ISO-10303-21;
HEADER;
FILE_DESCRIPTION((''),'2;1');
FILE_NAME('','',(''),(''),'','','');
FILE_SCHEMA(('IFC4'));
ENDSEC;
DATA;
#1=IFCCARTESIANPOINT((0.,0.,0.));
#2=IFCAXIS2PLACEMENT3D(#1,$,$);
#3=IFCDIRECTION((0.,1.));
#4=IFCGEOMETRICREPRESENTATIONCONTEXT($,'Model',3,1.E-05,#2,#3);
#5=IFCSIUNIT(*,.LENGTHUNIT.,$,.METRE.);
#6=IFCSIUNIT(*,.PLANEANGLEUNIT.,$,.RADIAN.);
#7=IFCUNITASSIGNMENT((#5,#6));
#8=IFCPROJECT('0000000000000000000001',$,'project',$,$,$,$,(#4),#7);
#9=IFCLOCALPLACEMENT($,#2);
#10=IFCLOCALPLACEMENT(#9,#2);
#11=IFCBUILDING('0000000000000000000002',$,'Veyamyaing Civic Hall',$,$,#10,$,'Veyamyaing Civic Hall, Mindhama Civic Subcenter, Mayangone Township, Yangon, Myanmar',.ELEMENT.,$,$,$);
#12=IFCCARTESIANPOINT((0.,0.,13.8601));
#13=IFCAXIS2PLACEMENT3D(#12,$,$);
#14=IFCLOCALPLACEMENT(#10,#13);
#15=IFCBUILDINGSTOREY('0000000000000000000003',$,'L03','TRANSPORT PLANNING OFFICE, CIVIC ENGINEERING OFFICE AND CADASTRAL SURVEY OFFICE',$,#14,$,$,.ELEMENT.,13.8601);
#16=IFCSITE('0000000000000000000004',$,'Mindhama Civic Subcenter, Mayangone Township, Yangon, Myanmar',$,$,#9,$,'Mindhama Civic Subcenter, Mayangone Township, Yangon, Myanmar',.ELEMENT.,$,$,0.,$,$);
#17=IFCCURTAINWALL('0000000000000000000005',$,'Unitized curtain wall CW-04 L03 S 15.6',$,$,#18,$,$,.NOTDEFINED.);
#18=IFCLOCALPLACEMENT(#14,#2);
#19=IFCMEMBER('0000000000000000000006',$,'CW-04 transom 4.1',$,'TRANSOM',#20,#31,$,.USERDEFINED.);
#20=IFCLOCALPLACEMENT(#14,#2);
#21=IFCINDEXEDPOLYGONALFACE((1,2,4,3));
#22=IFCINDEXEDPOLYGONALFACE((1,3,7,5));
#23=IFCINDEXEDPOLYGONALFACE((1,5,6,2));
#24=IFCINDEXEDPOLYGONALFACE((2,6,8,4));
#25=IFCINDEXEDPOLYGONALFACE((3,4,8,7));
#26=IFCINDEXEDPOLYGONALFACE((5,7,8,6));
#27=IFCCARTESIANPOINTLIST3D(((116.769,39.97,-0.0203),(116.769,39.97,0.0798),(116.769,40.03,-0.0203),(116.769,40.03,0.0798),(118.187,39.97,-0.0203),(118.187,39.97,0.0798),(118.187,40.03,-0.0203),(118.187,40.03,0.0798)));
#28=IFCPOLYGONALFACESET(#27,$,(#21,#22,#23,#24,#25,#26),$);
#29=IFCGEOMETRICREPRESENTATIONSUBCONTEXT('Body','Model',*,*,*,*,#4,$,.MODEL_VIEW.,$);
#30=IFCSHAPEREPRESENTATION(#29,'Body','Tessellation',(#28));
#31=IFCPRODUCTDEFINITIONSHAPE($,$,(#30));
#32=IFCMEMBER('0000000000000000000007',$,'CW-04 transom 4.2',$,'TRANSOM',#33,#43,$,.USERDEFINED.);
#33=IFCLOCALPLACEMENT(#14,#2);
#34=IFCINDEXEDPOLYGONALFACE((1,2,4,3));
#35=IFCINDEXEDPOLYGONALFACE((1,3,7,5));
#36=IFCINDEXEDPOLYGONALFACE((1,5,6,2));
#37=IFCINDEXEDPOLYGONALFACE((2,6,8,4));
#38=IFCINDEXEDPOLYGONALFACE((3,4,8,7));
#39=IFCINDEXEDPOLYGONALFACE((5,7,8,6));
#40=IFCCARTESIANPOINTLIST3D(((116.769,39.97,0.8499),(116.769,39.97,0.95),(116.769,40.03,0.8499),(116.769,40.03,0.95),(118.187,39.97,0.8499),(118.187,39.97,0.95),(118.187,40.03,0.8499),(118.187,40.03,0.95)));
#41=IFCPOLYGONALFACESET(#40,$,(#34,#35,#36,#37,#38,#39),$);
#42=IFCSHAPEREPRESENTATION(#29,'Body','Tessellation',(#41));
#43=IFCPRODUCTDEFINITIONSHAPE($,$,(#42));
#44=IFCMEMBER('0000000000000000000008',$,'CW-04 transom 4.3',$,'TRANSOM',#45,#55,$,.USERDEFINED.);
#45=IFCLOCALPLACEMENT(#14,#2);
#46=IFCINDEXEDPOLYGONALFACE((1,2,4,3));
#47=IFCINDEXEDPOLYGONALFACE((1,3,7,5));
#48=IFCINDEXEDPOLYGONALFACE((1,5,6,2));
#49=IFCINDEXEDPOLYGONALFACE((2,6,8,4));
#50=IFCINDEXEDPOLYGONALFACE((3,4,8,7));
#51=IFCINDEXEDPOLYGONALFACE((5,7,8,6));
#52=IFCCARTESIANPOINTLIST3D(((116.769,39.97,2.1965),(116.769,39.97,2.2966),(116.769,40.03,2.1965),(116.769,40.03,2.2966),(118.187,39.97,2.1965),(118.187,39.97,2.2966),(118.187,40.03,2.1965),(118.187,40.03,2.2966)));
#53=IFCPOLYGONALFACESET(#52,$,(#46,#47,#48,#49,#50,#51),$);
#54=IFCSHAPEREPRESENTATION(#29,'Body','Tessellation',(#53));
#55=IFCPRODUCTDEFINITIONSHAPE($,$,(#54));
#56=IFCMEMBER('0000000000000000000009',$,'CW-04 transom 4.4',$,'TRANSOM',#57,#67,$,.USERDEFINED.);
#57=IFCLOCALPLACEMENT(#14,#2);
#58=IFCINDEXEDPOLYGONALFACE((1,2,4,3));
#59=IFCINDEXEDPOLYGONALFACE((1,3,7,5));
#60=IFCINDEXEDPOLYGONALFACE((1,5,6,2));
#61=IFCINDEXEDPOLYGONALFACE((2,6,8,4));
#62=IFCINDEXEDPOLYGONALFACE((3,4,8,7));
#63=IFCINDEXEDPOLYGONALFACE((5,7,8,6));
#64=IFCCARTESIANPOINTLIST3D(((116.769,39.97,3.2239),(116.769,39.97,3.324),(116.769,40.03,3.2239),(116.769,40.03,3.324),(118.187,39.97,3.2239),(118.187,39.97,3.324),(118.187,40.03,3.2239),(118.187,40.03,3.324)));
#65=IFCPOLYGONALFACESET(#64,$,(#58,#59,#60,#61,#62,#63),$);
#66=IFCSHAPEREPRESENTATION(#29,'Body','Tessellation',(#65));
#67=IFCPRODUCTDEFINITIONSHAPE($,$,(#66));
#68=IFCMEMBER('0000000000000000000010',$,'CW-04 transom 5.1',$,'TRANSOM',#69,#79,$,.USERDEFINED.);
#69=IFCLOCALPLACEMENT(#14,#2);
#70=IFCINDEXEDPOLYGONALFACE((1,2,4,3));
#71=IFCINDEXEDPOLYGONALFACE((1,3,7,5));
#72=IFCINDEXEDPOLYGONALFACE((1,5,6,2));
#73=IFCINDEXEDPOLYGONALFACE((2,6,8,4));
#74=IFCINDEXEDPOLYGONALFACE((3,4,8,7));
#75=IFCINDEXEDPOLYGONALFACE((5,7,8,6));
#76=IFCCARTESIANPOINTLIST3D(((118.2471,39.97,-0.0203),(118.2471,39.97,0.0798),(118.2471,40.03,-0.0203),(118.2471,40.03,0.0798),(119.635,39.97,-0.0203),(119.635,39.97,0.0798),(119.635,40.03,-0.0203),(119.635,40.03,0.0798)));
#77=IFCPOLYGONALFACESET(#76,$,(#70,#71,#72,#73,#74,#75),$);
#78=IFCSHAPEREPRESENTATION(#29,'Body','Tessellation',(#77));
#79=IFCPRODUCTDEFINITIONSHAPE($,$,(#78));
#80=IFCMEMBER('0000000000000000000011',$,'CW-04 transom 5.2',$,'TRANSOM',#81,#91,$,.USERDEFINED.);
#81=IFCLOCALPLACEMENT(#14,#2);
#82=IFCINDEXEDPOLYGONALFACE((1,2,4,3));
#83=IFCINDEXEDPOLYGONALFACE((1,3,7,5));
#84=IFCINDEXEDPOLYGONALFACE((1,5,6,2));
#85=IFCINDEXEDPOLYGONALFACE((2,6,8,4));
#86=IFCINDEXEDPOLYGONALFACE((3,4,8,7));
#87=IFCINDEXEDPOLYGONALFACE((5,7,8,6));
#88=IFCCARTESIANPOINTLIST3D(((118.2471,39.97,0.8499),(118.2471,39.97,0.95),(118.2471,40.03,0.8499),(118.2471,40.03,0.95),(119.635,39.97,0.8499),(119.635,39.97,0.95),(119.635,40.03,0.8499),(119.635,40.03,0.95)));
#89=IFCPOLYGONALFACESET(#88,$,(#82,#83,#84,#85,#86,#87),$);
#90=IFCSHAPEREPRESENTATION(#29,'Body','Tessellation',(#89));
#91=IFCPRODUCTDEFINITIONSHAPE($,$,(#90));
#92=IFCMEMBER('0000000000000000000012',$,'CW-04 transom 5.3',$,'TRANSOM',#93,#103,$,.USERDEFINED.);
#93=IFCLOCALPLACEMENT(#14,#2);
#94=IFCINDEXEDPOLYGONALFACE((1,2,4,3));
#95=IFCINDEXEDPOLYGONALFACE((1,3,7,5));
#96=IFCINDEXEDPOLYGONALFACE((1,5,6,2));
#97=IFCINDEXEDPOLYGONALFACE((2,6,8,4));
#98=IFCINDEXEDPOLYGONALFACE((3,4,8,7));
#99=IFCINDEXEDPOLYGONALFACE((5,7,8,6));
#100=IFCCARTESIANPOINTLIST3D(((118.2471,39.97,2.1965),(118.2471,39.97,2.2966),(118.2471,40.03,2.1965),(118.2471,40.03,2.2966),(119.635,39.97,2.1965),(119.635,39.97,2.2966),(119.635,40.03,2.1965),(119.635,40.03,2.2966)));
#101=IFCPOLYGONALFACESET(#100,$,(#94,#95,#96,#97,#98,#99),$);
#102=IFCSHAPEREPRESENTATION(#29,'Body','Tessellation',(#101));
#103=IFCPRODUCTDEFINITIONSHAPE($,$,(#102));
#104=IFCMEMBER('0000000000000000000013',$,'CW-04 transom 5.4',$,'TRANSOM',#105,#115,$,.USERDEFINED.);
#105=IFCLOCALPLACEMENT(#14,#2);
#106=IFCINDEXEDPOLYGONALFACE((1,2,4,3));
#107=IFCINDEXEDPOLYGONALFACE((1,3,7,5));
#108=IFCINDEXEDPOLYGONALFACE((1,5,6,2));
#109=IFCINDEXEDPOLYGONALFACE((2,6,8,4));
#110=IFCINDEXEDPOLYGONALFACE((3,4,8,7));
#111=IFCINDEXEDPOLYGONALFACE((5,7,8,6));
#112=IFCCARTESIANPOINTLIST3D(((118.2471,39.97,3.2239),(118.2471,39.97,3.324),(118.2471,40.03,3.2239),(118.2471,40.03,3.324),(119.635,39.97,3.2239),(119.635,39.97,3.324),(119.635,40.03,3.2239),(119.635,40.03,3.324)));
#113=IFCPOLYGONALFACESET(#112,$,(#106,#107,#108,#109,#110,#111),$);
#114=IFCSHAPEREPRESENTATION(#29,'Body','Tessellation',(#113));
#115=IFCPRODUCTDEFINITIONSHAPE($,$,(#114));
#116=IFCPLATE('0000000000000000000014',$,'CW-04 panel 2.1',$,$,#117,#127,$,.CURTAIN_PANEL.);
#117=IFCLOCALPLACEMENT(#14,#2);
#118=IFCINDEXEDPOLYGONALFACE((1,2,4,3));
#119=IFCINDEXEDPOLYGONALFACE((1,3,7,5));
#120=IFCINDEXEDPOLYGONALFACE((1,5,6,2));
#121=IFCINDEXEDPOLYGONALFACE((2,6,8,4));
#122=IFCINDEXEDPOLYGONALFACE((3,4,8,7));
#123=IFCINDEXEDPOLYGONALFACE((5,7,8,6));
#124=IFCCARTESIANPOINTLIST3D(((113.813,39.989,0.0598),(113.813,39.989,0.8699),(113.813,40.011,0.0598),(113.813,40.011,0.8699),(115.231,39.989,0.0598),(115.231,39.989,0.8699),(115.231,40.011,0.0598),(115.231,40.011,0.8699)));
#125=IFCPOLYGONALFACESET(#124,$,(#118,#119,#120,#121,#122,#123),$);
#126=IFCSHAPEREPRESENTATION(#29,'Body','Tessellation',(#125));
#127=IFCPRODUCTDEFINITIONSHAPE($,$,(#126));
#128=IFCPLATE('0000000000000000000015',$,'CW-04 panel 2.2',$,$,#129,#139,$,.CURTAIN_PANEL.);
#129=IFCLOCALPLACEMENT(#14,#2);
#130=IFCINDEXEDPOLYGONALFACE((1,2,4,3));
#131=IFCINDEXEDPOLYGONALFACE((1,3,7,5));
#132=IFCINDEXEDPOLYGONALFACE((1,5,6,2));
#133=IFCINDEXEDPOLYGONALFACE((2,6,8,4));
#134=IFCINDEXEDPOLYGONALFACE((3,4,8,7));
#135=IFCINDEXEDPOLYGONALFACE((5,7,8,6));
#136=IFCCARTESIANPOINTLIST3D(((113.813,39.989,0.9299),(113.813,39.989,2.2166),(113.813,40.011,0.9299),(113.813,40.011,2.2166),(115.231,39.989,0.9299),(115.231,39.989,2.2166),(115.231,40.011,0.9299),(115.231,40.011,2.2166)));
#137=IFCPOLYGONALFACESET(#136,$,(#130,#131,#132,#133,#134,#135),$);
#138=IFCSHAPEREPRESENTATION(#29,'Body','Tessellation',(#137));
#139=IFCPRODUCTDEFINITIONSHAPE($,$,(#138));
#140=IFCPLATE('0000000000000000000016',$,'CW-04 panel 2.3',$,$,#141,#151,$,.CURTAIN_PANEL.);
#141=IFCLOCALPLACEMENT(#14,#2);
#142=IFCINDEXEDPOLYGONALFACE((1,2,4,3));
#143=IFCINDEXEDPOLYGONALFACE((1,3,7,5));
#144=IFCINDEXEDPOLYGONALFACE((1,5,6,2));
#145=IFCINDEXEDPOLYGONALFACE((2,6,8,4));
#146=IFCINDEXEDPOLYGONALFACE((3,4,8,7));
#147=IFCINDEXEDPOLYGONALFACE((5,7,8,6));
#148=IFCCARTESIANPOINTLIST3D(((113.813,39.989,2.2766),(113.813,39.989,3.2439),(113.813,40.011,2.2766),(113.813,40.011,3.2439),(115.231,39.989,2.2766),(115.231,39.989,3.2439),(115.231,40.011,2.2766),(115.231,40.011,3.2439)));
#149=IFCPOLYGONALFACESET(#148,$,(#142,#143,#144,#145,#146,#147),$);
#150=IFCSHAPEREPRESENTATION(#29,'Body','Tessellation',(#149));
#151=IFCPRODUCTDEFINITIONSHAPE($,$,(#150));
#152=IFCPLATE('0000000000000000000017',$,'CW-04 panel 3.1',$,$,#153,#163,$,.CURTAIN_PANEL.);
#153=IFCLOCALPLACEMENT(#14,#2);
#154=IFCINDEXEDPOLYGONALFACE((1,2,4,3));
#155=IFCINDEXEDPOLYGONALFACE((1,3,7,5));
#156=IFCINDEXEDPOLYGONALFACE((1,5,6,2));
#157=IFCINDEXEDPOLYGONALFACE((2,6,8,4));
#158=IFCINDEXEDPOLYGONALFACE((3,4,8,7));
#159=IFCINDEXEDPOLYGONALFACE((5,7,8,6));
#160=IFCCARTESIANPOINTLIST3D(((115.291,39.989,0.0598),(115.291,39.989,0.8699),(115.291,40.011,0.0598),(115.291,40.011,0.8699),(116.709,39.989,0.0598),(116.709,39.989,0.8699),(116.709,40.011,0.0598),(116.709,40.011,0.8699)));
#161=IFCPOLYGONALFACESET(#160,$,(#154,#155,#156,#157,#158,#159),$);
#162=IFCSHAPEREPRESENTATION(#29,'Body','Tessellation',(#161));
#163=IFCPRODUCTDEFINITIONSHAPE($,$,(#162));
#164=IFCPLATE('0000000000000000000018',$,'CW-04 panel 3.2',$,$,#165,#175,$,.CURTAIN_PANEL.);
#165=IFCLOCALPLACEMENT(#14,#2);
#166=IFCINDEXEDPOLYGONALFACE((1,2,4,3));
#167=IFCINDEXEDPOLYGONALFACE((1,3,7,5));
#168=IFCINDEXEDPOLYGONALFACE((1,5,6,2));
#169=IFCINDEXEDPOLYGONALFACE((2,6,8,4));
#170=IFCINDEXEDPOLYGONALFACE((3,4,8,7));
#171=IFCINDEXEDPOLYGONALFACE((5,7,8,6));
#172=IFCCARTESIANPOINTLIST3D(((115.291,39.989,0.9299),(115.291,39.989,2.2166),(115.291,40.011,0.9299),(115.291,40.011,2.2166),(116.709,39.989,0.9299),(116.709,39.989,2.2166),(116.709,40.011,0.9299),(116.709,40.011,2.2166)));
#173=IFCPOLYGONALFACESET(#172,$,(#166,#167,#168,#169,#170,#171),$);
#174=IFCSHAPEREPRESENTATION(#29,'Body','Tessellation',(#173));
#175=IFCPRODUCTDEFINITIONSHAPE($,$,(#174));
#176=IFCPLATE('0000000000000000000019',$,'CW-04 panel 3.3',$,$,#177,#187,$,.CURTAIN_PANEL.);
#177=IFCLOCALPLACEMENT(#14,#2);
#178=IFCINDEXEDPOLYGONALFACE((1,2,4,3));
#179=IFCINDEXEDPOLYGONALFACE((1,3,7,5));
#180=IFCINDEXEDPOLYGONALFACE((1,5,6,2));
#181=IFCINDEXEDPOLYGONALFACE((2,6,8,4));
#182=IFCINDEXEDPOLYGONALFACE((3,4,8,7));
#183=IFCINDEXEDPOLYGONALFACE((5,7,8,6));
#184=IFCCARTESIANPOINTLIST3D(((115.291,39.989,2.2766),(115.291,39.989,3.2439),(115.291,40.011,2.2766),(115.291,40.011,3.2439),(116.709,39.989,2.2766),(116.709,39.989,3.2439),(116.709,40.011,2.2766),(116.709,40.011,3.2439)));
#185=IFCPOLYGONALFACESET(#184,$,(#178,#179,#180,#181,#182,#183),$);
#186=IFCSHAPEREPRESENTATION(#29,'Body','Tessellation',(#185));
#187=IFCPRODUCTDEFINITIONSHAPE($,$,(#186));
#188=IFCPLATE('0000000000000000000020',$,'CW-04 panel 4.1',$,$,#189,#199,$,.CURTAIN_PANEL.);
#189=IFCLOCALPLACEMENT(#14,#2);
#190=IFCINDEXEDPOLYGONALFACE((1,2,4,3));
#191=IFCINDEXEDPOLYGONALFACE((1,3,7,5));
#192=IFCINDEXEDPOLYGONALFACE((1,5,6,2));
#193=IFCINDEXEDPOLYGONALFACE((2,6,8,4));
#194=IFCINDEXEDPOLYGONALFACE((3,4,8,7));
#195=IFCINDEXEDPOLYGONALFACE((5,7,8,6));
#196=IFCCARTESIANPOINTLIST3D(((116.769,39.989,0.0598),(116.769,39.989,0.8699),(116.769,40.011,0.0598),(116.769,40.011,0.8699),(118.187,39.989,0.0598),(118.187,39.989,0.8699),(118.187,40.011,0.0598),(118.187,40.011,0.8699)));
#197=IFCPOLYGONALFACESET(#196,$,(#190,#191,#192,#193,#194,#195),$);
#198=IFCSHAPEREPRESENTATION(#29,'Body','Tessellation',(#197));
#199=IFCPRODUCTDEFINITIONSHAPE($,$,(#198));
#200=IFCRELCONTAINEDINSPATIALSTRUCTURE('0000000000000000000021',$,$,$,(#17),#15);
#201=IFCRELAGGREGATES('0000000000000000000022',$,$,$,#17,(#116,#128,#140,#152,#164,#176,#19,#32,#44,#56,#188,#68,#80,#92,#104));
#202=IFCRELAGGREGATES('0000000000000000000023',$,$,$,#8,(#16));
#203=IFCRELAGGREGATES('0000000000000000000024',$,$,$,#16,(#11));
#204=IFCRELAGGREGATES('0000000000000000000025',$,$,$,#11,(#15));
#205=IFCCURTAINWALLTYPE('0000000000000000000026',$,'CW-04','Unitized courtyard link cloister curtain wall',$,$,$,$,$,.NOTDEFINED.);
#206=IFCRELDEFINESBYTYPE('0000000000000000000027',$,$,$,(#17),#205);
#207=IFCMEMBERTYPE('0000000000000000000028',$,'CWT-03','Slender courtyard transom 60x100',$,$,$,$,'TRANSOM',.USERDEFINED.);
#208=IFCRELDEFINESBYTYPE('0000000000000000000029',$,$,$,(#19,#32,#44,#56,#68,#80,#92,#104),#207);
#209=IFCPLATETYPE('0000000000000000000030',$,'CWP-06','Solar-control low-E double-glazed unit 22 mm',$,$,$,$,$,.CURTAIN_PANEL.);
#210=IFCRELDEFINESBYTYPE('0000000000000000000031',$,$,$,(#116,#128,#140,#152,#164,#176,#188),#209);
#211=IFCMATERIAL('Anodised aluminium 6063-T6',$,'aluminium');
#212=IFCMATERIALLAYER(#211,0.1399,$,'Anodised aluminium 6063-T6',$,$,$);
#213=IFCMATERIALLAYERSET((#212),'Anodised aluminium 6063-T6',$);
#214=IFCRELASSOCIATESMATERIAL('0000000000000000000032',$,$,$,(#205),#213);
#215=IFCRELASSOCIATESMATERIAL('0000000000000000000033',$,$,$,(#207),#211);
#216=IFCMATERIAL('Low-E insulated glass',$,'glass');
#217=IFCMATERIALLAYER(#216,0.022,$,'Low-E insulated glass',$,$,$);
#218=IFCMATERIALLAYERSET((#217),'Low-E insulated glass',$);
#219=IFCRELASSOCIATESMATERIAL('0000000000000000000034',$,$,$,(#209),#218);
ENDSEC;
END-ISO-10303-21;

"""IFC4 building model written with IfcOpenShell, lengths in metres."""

from ifc_helpers import new_model, si_unit, direction, frame, origin, origin_2d, place, context, subcontext, project, spatial, rectangle, extrude, material, layer, layer_set, material_profile, profile_set, type_object, element, aggregate, save


model = new_model("IFC4")

# Units and contexts
model_context = context("Model", 3, precision=1e-05, world=origin(), true_north=direction((0.0, 1.0)))
body_context = subcontext(model_context, "Body", "Model", "MODEL_VIEW")
ifc_project = project(units=[si_unit("LENGTHUNIT", "METRE"), si_unit("PLANEANGLEUNIT", "RADIAN")], contexts=[model_context])

# Site, building, storey
site_placement = place(None, origin())
site = spatial("IfcSite", under=ifc_project, at=site_placement, Name="Mindhama Civic Subcenter, Mayangone Township, Yangon, Myanmar", LongName="Mindhama Civic Subcenter, Mayangone Township, Yangon, Myanmar", CompositionType="ELEMENT", RefElevation=0.0)
building_placement = place(site_placement, origin())
building = spatial("IfcBuilding", under=site, at=building_placement, Name="Veyamyaing Civic Hall", LongName="Veyamyaing Civic Hall, Mindhama Civic Subcenter, Mayangone Township, Yangon, Myanmar", CompositionType="ELEMENT")
storey_placement = place(building_placement, frame((0.0, 0.0, 13.8601)))
storey = spatial("IfcBuildingStorey", under=building, at=storey_placement, Name="L03", Description="TRANSPORT PLANNING OFFICE, CIVIC ENGINEERING OFFICE AND CADASTRAL SURVEY OFFICE", CompositionType="ELEMENT", Elevation=13.8601)

# Curtain wall, members, plates
ifc_material_1 = material(Name="Anodised aluminium 6063-T6", Category="aluminium")
ifc_layer_1 = layer(ifc_material_1, 0.1399, Name="Anodised aluminium 6063-T6")
ifc_layer_set_1 = layer_set([ifc_layer_1], Name="Anodised aluminium 6063-T6")
curtain_wall_type = type_object("IfcCurtainWallType", Name="CW-04", Description="Unitized courtyard link cloister curtain wall", PredefinedType="NOTDEFINED", material=ifc_layer_set_1)
curtain_wall_placement = place(storey_placement, origin())
curtain_wall = element("IfcCurtainWall", 1, at=curtain_wall_placement, inside=storey, type_object=curtain_wall_type, Name="Unitized curtain wall CW-04 L03 S 15.6", PredefinedType="NOTDEFINED")
ifc_material_profile_1 = material_profile(ifc_material_1, rectangle(XDim=0.0601, YDim=0.1001, at=origin_2d()), Name="ALU-TRN-60X100")
ifc_profile_set_1 = profile_set([ifc_material_profile_1], Name="Anodised aluminium 6063-T6")
member_type_1 = type_object("IfcMemberType", Name="CWT-03", Description="Slender courtyard transom 60x100", ElementType="TRANSOM", PredefinedType="USERDEFINED", material=ifc_profile_set_1)
member_1_placement = place(storey_placement, frame((116.769, 40.0, 0.0298), z_axis=(1.0, 0.0, 0.0), x_axis=(0.0, 1.0, 0.0)))
member_1 = element("IfcMember", 2, at=member_1_placement, type_object=member_type_1, Name="CW-04 transom 4.1", ObjectType="TRANSOM", PredefinedType="USERDEFINED", context=body_context, shape_type="SweptSolid", body=[
    extrude(rectangle(XDim=0.0601, YDim=0.1001, at=origin_2d()), origin(), (0.0, 0.0, 1.0), 1.418),
])
member_2_placement = place(storey_placement, frame((116.769, 40.0, 0.8999), z_axis=(1.0, 0.0, 0.0), x_axis=(0.0, 1.0, 0.0)))
member_2 = element("IfcMember", 3, at=member_2_placement, type_object=member_type_1, Name="CW-04 transom 4.2", ObjectType="TRANSOM", PredefinedType="USERDEFINED", context=body_context, shape_type="SweptSolid", body=[
    extrude(rectangle(XDim=0.0601, YDim=0.1001, at=origin_2d()), origin(), (0.0, 0.0, 1.0), 1.418),
])
member_3_placement = place(storey_placement, frame((116.769, 40.0, 2.2466), z_axis=(1.0, 0.0, 0.0), x_axis=(0.0, 1.0, 0.0)))
member_3 = element("IfcMember", 4, at=member_3_placement, type_object=member_type_1, Name="CW-04 transom 4.3", ObjectType="TRANSOM", PredefinedType="USERDEFINED", context=body_context, shape_type="SweptSolid", body=[
    extrude(rectangle(XDim=0.0601, YDim=0.1001, at=origin_2d()), origin(), (0.0, 0.0, 1.0), 1.418),
])
member_4_placement = place(storey_placement, frame((116.769, 40.0, 3.2739), z_axis=(1.0, 0.0, 0.0), x_axis=(0.0, 1.0, 0.0)))
member_4 = element("IfcMember", 5, at=member_4_placement, type_object=member_type_1, Name="CW-04 transom 4.4", ObjectType="TRANSOM", PredefinedType="USERDEFINED", context=body_context, shape_type="SweptSolid", body=[
    extrude(rectangle(XDim=0.0601, YDim=0.1001, at=origin_2d()), origin(), (0.0, 0.0, 1.0), 1.418),
])
member_5_placement = place(storey_placement, frame((118.2471, 40.0, 0.0298), z_axis=(1.0, 0.0, 0.0), x_axis=(0.0, 1.0, 0.0)))
member_5 = element("IfcMember", 6, at=member_5_placement, type_object=member_type_1, Name="CW-04 transom 5.1", ObjectType="TRANSOM", PredefinedType="USERDEFINED", context=body_context, shape_type="SweptSolid", body=[
    extrude(rectangle(XDim=0.0601, YDim=0.1001, at=origin_2d()), origin(), (0.0, 0.0, 1.0), 1.3879),
])
member_6_placement = place(storey_placement, frame((118.2471, 40.0, 0.8999), z_axis=(1.0, 0.0, 0.0), x_axis=(0.0, 1.0, 0.0)))
member_6 = element("IfcMember", 7, at=member_6_placement, type_object=member_type_1, Name="CW-04 transom 5.2", ObjectType="TRANSOM", PredefinedType="USERDEFINED", context=body_context, shape_type="SweptSolid", body=[
    extrude(rectangle(XDim=0.0601, YDim=0.1001, at=origin_2d()), origin(), (0.0, 0.0, 1.0), 1.3879),
])
member_7_placement = place(storey_placement, frame((118.2471, 40.0, 2.2466), z_axis=(1.0, 0.0, 0.0), x_axis=(0.0, 1.0, 0.0)))
member_7 = element("IfcMember", 8, at=member_7_placement, type_object=member_type_1, Name="CW-04 transom 5.3", ObjectType="TRANSOM", PredefinedType="USERDEFINED", context=body_context, shape_type="SweptSolid", body=[
    extrude(rectangle(XDim=0.0601, YDim=0.1001, at=origin_2d()), origin(), (0.0, 0.0, 1.0), 1.3879),
])
member_8_placement = place(storey_placement, frame((118.2471, 40.0, 3.2739), z_axis=(1.0, 0.0, 0.0), x_axis=(0.0, 1.0, 0.0)))
member_8 = element("IfcMember", 9, at=member_8_placement, type_object=member_type_1, Name="CW-04 transom 5.4", ObjectType="TRANSOM", PredefinedType="USERDEFINED", context=body_context, shape_type="SweptSolid", body=[
    extrude(rectangle(XDim=0.0601, YDim=0.1001, at=origin_2d()), origin(), (0.0, 0.0, 1.0), 1.3879),
])
ifc_material_2 = material(Name="Low-E insulated glass", Category="glass")
ifc_layer_2 = layer(ifc_material_2, 0.022, Name="Low-E insulated glass")
ifc_layer_set_2 = layer_set([ifc_layer_2], Name="Low-E insulated glass")
plate_type = type_object("IfcPlateType", Name="CWP-06", Description="Solar-control low-E double-glazed unit 22 mm", PredefinedType="CURTAIN_PANEL", material=ifc_layer_set_2)
plate_1_placement = place(storey_placement, frame((114.522, 40.0, 0.0598), z_axis=(0.0, 0.0, 1.0), x_axis=(1.0, 0.0, 0.0)))
plate_1 = element("IfcPlate", 10, at=plate_1_placement, type_object=plate_type, Name="CW-04 panel 2.1", PredefinedType="CURTAIN_PANEL", context=body_context, shape_type="SweptSolid", body=[
    extrude(rectangle(XDim=1.418, YDim=0.022, at=origin_2d()), origin(), (0.0, 0.0, 1.0), 0.8101),
])
plate_2_placement = place(storey_placement, frame((114.522, 40.0, 0.9299), z_axis=(0.0, 0.0, 1.0), x_axis=(1.0, 0.0, 0.0)))
plate_2 = element("IfcPlate", 11, at=plate_2_placement, type_object=plate_type, Name="CW-04 panel 2.2", PredefinedType="CURTAIN_PANEL", context=body_context, shape_type="SweptSolid", body=[
    extrude(rectangle(XDim=1.418, YDim=0.022, at=origin_2d()), origin(), (0.0, 0.0, 1.0), 1.2866),
])
plate_3_placement = place(storey_placement, frame((114.522, 40.0, 2.2766), z_axis=(0.0, 0.0, 1.0), x_axis=(1.0, 0.0, 0.0)))
plate_3 = element("IfcPlate", 12, at=plate_3_placement, type_object=plate_type, Name="CW-04 panel 2.3", PredefinedType="CURTAIN_PANEL", context=body_context, shape_type="SweptSolid", body=[
    extrude(rectangle(XDim=1.418, YDim=0.022, at=origin_2d()), origin(), (0.0, 0.0, 1.0), 0.9673),
])
plate_4_placement = place(storey_placement, frame((116.0, 40.0, 0.0598), z_axis=(0.0, 0.0, 1.0), x_axis=(1.0, 0.0, 0.0)))
plate_4 = element("IfcPlate", 13, at=plate_4_placement, type_object=plate_type, Name="CW-04 panel 3.1", PredefinedType="CURTAIN_PANEL", context=body_context, shape_type="SweptSolid", body=[
    extrude(rectangle(XDim=1.418, YDim=0.022, at=origin_2d()), origin(), (0.0, 0.0, 1.0), 0.8101),
])
plate_5_placement = place(storey_placement, frame((116.0, 40.0, 0.9299), z_axis=(0.0, 0.0, 1.0), x_axis=(1.0, 0.0, 0.0)))
plate_5 = element("IfcPlate", 14, at=plate_5_placement, type_object=plate_type, Name="CW-04 panel 3.2", PredefinedType="CURTAIN_PANEL", context=body_context, shape_type="SweptSolid", body=[
    extrude(rectangle(XDim=1.418, YDim=0.022, at=origin_2d()), origin(), (0.0, 0.0, 1.0), 1.2866),
])
plate_6_placement = place(storey_placement, frame((116.0, 40.0, 2.2766), z_axis=(0.0, 0.0, 1.0), x_axis=(1.0, 0.0, 0.0)))
plate_6 = element("IfcPlate", 15, at=plate_6_placement, type_object=plate_type, Name="CW-04 panel 3.3", PredefinedType="CURTAIN_PANEL", context=body_context, shape_type="SweptSolid", body=[
    extrude(rectangle(XDim=1.418, YDim=0.022, at=origin_2d()), origin(), (0.0, 0.0, 1.0), 0.9673),
])
plate_7_placement = place(storey_placement, frame((117.478, 40.0, 0.0598), z_axis=(0.0, 0.0, 1.0), x_axis=(1.0, 0.0, 0.0)))
plate_7 = element("IfcPlate", 16, at=plate_7_placement, type_object=plate_type, Name="CW-04 panel 4.1", PredefinedType="CURTAIN_PANEL", context=body_context, shape_type="SweptSolid", body=[
    extrude(rectangle(XDim=1.418, YDim=0.022, at=origin_2d()), origin(), (0.0, 0.0, 1.0), 0.8101),
])
aggregate(curtain_wall, [plate_1, plate_2, plate_3, plate_4, plate_5, plate_6, member_1, member_2, member_3, member_4, plate_7, member_5, member_6, member_7, member_8])

save(model, "model.ifc")
